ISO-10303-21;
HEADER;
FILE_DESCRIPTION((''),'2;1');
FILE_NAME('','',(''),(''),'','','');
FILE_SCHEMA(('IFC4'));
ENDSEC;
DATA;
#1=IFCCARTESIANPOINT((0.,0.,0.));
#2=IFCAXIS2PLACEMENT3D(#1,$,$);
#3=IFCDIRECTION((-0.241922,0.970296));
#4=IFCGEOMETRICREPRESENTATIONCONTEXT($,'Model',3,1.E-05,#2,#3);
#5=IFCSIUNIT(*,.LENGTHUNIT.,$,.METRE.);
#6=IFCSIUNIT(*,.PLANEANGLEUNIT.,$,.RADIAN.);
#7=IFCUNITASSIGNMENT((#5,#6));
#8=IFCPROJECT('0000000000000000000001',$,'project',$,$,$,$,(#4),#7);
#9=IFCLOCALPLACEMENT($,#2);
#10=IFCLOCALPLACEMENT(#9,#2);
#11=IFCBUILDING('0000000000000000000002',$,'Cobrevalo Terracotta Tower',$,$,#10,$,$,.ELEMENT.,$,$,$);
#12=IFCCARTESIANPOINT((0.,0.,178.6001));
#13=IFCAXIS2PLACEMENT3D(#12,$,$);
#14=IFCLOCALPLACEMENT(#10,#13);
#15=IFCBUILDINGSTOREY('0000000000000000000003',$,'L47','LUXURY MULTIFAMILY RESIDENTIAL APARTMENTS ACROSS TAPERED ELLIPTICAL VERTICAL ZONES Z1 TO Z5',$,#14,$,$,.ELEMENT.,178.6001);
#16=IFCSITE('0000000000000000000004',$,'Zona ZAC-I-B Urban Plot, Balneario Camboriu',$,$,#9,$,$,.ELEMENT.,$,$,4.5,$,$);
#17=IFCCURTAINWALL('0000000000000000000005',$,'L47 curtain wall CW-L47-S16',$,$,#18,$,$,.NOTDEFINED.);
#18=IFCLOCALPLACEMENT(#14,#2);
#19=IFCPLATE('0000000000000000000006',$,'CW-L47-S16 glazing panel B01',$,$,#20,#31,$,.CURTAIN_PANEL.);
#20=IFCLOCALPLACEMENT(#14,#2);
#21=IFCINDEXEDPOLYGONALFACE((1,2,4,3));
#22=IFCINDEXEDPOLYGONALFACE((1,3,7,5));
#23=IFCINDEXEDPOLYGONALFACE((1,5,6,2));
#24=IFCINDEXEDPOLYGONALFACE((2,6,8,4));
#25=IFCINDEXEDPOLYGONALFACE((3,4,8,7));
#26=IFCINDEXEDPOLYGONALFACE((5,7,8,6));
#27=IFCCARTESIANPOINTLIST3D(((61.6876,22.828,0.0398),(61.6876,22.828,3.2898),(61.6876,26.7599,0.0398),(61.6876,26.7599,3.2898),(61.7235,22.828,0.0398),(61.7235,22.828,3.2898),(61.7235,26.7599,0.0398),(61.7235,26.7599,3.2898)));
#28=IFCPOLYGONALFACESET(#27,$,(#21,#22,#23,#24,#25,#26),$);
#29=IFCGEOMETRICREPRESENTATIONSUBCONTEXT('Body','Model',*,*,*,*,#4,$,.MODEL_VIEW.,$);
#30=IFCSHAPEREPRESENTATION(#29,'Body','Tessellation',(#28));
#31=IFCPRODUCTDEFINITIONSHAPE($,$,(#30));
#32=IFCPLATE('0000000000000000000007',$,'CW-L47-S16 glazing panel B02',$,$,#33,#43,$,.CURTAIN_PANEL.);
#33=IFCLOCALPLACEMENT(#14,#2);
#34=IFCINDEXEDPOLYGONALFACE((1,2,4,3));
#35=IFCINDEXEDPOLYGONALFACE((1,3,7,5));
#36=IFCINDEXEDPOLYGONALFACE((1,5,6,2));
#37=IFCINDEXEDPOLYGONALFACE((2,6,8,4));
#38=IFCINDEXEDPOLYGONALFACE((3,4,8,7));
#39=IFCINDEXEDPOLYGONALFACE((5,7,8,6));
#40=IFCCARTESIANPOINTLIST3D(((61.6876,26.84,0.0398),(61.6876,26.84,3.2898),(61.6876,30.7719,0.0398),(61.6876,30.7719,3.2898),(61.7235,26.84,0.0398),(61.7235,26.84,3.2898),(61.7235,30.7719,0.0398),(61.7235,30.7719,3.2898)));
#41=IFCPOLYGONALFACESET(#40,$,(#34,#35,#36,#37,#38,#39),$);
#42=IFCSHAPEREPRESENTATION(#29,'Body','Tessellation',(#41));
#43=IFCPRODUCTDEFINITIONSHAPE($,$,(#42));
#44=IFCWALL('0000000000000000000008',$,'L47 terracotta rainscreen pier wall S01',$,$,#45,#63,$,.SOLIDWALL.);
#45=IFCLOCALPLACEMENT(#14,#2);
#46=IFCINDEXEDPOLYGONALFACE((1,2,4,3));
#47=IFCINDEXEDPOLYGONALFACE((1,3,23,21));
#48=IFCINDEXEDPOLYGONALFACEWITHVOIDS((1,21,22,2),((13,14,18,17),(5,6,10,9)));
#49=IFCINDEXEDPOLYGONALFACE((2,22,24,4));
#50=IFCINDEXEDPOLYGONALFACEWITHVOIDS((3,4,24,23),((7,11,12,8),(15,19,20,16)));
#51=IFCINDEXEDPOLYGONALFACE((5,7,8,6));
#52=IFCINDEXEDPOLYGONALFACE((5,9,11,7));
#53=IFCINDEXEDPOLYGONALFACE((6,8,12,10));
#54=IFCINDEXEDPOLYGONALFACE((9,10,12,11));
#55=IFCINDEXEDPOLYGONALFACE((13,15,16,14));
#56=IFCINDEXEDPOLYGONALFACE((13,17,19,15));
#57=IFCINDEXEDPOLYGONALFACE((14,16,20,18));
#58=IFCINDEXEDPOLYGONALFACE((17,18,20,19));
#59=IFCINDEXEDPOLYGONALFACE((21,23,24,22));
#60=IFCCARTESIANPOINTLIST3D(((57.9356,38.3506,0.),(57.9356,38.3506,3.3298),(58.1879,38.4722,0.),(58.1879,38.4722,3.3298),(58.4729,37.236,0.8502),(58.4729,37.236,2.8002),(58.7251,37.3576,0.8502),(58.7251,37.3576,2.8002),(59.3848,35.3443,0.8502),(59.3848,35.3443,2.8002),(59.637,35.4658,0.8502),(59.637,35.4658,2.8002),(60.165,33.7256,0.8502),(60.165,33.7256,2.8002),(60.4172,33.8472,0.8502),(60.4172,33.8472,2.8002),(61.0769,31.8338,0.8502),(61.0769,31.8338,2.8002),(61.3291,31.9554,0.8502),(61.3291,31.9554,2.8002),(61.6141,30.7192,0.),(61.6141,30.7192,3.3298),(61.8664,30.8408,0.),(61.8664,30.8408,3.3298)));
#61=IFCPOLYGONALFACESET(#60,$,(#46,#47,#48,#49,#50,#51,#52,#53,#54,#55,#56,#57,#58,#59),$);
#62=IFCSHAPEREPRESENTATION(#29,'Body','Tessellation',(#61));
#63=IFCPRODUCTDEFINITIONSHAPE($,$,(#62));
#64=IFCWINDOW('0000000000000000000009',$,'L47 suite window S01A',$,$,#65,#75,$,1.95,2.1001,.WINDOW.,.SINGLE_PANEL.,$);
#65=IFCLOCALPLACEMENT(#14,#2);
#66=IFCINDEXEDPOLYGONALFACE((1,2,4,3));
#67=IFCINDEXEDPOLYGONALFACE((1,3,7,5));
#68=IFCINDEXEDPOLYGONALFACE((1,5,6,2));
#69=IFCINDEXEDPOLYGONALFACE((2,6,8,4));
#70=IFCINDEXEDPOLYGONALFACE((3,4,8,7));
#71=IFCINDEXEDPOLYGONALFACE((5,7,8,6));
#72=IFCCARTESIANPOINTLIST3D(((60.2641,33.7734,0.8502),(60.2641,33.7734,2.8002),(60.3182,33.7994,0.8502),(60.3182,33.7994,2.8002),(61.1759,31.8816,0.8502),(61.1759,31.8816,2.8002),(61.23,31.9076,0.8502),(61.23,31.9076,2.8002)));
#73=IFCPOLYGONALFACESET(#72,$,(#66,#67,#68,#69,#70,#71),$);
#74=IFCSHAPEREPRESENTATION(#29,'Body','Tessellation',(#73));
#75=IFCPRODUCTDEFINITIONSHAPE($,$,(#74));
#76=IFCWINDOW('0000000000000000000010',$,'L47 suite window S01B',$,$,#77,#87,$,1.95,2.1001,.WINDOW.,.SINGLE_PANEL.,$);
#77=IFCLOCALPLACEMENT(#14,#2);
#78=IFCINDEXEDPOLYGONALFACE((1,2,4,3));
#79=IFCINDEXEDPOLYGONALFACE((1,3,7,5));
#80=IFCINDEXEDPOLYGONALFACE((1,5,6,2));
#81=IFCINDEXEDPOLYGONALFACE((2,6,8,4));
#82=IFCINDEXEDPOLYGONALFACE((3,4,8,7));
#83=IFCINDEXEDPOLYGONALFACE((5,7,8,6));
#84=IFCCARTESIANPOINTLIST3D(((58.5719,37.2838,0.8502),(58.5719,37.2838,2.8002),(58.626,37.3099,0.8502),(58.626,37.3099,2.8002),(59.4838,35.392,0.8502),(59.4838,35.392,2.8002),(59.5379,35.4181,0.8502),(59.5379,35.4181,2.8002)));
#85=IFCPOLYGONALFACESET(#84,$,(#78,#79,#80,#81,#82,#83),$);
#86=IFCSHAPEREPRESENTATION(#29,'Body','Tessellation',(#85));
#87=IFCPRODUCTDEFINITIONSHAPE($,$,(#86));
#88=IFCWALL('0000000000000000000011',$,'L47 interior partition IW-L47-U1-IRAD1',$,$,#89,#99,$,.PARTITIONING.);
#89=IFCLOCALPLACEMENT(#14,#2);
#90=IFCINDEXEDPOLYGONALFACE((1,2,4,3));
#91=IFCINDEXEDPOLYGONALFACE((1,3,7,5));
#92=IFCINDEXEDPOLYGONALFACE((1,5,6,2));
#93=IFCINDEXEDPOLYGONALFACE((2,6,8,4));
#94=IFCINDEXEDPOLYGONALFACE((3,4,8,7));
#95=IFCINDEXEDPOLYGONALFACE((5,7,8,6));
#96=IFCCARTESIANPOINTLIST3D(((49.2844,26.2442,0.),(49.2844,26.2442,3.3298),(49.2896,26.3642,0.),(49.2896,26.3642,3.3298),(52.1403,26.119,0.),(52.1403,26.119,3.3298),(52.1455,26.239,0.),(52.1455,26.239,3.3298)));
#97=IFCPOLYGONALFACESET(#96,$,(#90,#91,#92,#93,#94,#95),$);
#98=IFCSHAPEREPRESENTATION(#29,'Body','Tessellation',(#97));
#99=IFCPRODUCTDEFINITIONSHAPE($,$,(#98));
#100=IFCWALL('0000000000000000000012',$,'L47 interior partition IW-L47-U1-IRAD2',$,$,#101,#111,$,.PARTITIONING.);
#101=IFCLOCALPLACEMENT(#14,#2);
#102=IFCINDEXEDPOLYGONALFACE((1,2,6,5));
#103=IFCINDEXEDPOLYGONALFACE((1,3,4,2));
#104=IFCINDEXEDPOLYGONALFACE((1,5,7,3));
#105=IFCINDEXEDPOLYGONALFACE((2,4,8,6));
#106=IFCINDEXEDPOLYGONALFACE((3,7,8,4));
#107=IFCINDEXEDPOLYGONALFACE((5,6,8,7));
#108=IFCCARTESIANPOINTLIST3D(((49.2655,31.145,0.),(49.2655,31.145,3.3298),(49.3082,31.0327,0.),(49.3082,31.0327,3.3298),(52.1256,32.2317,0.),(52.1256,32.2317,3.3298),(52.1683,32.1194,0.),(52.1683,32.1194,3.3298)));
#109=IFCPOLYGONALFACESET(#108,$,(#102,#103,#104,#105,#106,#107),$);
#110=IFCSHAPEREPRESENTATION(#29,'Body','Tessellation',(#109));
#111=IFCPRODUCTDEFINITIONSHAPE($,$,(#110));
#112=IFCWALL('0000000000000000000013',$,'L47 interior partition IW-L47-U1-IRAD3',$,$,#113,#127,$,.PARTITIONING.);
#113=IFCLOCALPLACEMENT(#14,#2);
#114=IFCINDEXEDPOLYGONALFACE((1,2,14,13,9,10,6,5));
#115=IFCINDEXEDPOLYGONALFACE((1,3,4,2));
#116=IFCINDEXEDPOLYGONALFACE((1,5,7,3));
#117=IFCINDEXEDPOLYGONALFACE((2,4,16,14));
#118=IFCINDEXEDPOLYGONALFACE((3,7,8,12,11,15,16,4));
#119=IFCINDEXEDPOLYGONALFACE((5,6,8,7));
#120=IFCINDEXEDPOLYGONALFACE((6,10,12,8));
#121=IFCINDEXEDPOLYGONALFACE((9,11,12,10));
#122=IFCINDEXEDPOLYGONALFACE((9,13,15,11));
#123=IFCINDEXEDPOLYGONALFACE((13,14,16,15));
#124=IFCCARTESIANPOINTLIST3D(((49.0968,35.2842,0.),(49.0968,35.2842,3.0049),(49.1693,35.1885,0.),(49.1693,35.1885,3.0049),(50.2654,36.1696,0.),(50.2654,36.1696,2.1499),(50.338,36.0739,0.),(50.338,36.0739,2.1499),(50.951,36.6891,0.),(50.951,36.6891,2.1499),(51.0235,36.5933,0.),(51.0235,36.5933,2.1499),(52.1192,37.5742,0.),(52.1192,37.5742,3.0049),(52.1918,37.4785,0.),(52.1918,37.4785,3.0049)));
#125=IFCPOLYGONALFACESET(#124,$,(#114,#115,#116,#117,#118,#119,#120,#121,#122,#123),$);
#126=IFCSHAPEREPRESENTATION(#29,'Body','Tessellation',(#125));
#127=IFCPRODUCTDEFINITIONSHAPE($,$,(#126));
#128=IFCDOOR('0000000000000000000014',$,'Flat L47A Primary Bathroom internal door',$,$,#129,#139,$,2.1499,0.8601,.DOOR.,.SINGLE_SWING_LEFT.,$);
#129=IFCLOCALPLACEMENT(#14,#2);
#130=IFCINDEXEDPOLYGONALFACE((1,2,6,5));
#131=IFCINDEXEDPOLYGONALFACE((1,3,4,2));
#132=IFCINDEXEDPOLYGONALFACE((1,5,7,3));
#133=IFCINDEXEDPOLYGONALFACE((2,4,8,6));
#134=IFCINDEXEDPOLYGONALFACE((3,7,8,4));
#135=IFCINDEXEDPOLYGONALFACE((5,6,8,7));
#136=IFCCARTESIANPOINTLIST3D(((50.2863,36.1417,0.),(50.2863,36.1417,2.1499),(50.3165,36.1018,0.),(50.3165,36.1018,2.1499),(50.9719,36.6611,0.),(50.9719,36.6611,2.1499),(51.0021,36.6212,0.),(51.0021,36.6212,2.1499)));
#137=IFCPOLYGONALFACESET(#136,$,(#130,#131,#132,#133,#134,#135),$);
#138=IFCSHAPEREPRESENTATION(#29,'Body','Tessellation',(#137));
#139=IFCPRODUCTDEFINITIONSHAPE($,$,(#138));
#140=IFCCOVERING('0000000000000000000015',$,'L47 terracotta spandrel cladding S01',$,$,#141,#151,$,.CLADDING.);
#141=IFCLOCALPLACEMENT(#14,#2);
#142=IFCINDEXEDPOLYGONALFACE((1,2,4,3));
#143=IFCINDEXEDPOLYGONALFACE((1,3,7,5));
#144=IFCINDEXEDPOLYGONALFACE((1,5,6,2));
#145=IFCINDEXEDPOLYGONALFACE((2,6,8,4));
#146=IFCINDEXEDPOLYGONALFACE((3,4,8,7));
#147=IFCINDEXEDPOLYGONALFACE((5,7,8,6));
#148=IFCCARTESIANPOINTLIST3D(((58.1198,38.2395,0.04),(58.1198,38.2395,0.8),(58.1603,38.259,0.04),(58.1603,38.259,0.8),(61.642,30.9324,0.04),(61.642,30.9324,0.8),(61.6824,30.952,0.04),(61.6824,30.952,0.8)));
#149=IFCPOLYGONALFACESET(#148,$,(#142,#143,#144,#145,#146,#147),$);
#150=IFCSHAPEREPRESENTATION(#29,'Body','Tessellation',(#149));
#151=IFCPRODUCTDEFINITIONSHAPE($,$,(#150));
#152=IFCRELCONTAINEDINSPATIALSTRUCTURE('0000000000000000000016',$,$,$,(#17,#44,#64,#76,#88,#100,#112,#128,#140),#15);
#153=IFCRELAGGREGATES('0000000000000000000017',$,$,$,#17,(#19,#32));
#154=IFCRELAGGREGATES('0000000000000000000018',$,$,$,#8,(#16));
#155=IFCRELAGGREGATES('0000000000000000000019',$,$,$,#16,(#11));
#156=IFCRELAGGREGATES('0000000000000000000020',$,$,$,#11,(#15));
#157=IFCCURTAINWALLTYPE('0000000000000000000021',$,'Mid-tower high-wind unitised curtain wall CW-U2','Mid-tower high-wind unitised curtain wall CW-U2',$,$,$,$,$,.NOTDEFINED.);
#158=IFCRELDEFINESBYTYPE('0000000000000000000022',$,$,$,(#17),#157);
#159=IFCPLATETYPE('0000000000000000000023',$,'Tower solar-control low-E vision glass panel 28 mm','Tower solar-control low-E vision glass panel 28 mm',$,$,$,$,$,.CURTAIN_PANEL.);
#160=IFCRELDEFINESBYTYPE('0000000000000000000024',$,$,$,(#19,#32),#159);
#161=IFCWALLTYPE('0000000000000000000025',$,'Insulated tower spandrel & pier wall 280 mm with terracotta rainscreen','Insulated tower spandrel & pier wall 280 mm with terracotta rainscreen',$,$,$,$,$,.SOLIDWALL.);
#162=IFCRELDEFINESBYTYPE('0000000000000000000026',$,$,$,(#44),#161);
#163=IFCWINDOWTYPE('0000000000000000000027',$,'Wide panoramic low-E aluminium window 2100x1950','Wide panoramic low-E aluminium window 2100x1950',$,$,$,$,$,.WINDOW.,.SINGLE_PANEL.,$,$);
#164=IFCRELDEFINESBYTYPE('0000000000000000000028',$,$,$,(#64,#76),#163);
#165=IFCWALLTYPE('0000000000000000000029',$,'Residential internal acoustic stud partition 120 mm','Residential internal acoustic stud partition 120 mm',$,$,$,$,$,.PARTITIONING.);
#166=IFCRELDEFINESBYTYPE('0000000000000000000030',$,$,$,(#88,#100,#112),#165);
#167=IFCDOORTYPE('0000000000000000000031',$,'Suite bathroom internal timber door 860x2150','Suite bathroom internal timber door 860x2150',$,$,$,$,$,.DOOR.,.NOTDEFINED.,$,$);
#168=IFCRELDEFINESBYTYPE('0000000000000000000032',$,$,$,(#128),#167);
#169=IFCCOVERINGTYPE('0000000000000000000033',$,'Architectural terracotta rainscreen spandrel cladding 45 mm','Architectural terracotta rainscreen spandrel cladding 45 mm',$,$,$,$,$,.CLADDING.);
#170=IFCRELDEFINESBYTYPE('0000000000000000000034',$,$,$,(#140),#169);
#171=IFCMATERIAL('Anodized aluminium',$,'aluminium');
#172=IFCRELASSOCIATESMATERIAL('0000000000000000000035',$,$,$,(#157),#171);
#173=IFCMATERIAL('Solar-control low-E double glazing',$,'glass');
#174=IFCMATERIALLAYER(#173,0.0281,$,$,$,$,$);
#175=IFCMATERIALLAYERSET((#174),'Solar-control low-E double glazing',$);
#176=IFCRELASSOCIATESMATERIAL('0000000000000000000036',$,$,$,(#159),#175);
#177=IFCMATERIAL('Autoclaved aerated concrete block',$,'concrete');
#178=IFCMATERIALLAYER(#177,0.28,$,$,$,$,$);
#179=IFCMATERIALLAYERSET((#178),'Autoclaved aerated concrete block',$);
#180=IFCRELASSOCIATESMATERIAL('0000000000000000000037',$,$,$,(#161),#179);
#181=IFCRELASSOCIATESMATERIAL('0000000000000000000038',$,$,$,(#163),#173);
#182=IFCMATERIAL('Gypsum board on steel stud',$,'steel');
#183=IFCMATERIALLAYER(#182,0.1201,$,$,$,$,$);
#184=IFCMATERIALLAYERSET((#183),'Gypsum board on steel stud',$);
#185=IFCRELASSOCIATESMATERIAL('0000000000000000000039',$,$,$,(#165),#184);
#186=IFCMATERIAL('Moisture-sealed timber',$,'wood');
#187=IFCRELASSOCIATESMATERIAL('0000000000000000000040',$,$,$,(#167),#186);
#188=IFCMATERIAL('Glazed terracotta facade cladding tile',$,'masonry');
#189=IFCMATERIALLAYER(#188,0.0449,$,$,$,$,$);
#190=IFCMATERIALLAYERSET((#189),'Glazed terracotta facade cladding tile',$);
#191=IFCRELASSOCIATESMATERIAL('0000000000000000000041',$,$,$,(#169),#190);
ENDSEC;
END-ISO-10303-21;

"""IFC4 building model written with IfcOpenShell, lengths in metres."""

from ifc_helpers import new_model, si_unit, direction, frame, frame_2d, origin, origin_2d, place, context, subcontext, project, spatial, rectangle, extrude, source, transform, mapped, material, layer, layer_set, type_object, element, fill, aggregate, save


model = new_model("IFC4")

# Units and contexts
model_context = context("Model", 3, precision=1e-05, world=origin(), true_north=direction((-0.241922, 0.970296)))
body_context = subcontext(model_context, "Body", "Model", "MODEL_VIEW")
ifc_project = project(units=[si_unit("LENGTHUNIT", "METRE"), si_unit("PLANEANGLEUNIT", "RADIAN")], contexts=[model_context])

# Site, building, storey
site_placement = place(None, origin())
site = spatial("IfcSite", under=ifc_project, at=site_placement, Name="Zona ZAC-I-B Urban Plot, Balneario Camboriu", CompositionType="ELEMENT", RefElevation=4.5)
building_placement = place(site_placement, origin())
building = spatial("IfcBuilding", under=site, at=building_placement, Name="Cobrevalo Terracotta Tower", CompositionType="ELEMENT")
storey_placement = place(building_placement, frame((0.0, 0.0, 178.6001)))
storey = spatial("IfcBuildingStorey", under=building, at=storey_placement, Name="L47", Description="LUXURY MULTIFAMILY RESIDENTIAL APARTMENTS ACROSS TAPERED ELLIPTICAL VERTICAL ZONES Z1 TO Z5", CompositionType="ELEMENT", Elevation=178.6001)

# Curtain wall, plates
ifc_material_1 = material(Name="Anodized aluminium", Category="aluminium")
curtain_wall_type = type_object("IfcCurtainWallType", Name="Mid-tower high-wind unitised curtain wall CW-U2", Description="Mid-tower high-wind unitised curtain wall CW-U2", PredefinedType="NOTDEFINED", material=ifc_material_1)
curtain_wall_placement = place(storey_placement, origin())
curtain_wall = element("IfcCurtainWall", 1, at=curtain_wall_placement, inside=storey, type_object=curtain_wall_type, Name="L47 curtain wall CW-L47-S16", PredefinedType="NOTDEFINED")
ifc_material_2 = material(Name="Solar-control low-E double glazing", Category="glass")
ifc_layer_1 = layer(ifc_material_2, 0.0281)
ifc_layer_set_1 = layer_set([ifc_layer_1], Name="Solar-control low-E double glazing")
plate_type = type_object("IfcPlateType", Name="Tower solar-control low-E vision glass panel 28 mm", Description="Tower solar-control low-E vision glass panel 28 mm", PredefinedType="CURTAIN_PANEL", material=ifc_layer_set_1)
shared_shape_1 = source(origin(), body_context, "Body", "SweptSolid", [
    extrude(rectangle(XDim=3.9319, YDim=0.0359, at=origin_2d()), origin(), (0.0, 0.0, 1.0), 3.25),
])
plate_1_placement = place(storey_placement, frame((61.7056, 24.7939, 0.0398), z_axis=(0.0, 0.0, 1.0), x_axis=(0.0, 1.0, 0.0)))
plate_1 = element("IfcPlate", 2, at=plate_1_placement, type_object=plate_type, Name="CW-L47-S16 glazing panel B01", PredefinedType="CURTAIN_PANEL", context=body_context, shape_type="MappedRepresentation", body=[
    mapped(shared_shape_1, transform((0.0, 0.0, 0.0), scale=1.0)),
])
plate_2_placement = place(storey_placement, frame((61.7056, 28.8059, 0.0398), z_axis=(0.0, 0.0, 1.0), x_axis=(0.0, 1.0, 0.0)))
plate_2 = element("IfcPlate", 3, at=plate_2_placement, type_object=plate_type, Name="CW-L47-S16 glazing panel B02", PredefinedType="CURTAIN_PANEL", context=body_context, shape_type="MappedRepresentation", body=[
    mapped(shared_shape_1, transform((0.0, 0.0, 0.0), scale=1.0)),
])
aggregate(curtain_wall, [plate_1, plate_2])

# Wall, openings, windows
ifc_material_3 = material(Name="Autoclaved aerated concrete block", Category="concrete")
ifc_layer_2 = layer(ifc_material_3, 0.28)
ifc_layer_set_2 = layer_set([ifc_layer_2], Name="Autoclaved aerated concrete block")
wall_type_1 = type_object("IfcWallType", Name="Insulated tower spandrel & pier wall 280 mm with terracotta rainscreen", Description="Insulated tower spandrel & pier wall 280 mm with terracotta rainscreen", PredefinedType="SOLIDWALL", material=ifc_layer_set_2)
wall_1_placement = place(storey_placement, frame((61.7402, 30.78, 0.0), z_axis=(0.0, 0.0, 1.0), x_axis=(-0.43421, 0.900812, 0.0)))
wall_1 = element("IfcWall", 4, at=wall_1_placement, inside=storey, type_object=wall_type_1, Name="L47 terracotta rainscreen pier wall S01", PredefinedType="SOLIDWALL", context=body_context, shape_type="SweptSolid", body=[
    extrude(rectangle(XDim=8.4717, YDim=0.28, at=frame_2d((4.2358, 0.0))), origin(), (0.0, 0.0, 1.0), 3.3298),
])
opening_1_placement = place(wall_1_placement, frame((1.2373, 0.0, 0.8501)))
opening_1 = element("IfcOpeningElement", 5, at=opening_1_placement, cuts=wall_1, PredefinedType="OPENING", context=body_context, shape_type="SweptSolid", body=[
    extrude(rectangle(XDim=2.1001, YDim=1.95, at=frame_2d((1.05, 0.9751))), frame((0.0, 0.1499, 0.0), z_axis=(0.0, -1.0, 0.0), x_axis=(1.0, 0.0, 0.0)), (0.0, 0.0, 1.0), 0.3),
])
opening_2_placement = place(wall_1_placement, frame((5.1343, 0.0, 0.8501)))
opening_2 = element("IfcOpeningElement", 6, at=opening_2_placement, cuts=wall_1, PredefinedType="OPENING", context=body_context, shape_type="SweptSolid", body=[
    extrude(rectangle(XDim=2.1001, YDim=1.95, at=frame_2d((1.05, 0.9751))), frame((0.0, 0.1499, 0.0), z_axis=(0.0, -1.0, 0.0), x_axis=(1.0, 0.0, 0.0)), (0.0, 0.0, 1.0), 0.3),
])
window_type = type_object("IfcWindowType", Name="Wide panoramic low-E aluminium window 2100x1950", Description="Wide panoramic low-E aluminium window 2100x1950", PartitioningType="SINGLE_PANEL", PredefinedType="WINDOW", material=ifc_material_2)
shared_shape_2 = source(origin(), body_context, "Body", "SweptSolid", [
    extrude(rectangle(XDim=2.1001, YDim=1.95, at=frame_2d((1.05, 0.9751))), frame((0.0, 0.03, 0.0), z_axis=(0.0, -1.0, 0.0), x_axis=(1.0, 0.0, 0.0)), (0.0, 0.0, 1.0), 0.0601),
])
window_1_placement = place(opening_1_placement, origin())
window_1 = element("IfcWindow", 7, at=window_1_placement, inside=storey, type_object=window_type, Name="L47 suite window S01A", OverallHeight=1.95, OverallWidth=2.1001, PartitioningType="SINGLE_PANEL", PredefinedType="WINDOW", context=body_context, shape_type="MappedRepresentation", body=[
    mapped(shared_shape_2, transform((0.0, 0.0, 0.0), scale=1.0)),
])
fill(opening_1, window_1)
window_2_placement = place(opening_2_placement, origin())
window_2 = element("IfcWindow", 8, at=window_2_placement, inside=storey, type_object=window_type, Name="L47 suite window S01B", OverallHeight=1.95, OverallWidth=2.1001, PartitioningType="SINGLE_PANEL", PredefinedType="WINDOW", context=body_context, shape_type="MappedRepresentation", body=[
    mapped(shared_shape_2, transform((0.0, 0.0, 0.0), scale=1.0)),
])
fill(opening_2, window_2)

# Walls
ifc_material_4 = material(Name="Gypsum board on steel stud", Category="steel")
ifc_layer_3 = layer(ifc_material_4, 0.1201)
ifc_layer_set_3 = layer_set([ifc_layer_3], Name="Gypsum board on steel stud")
wall_type_2 = type_object("IfcWallType", Name="Residential internal acoustic stud partition 120 mm", Description="Residential internal acoustic stud partition 120 mm", PredefinedType="PARTITIONING", material=ifc_layer_set_3)
wall_2_placement = place(storey_placement, frame((49.2871, 26.3042, 0.0), z_axis=(0.0, 0.0, 1.0), x_axis=(0.99904, -0.043812, 0.0)))
element("IfcWall", 9, at=wall_2_placement, inside=storey, type_object=wall_type_2, Name="L47 interior partition IW-L47-U1-IRAD1", PredefinedType="PARTITIONING", context=body_context, shape_type="SweptSolid", body=[
    extrude(rectangle(XDim=2.8586, YDim=0.1201, at=frame_2d((1.4292, 0.0))), origin(), (0.0, 0.0, 1.0), 3.3298),
])
wall_3_placement = place(storey_placement, frame((49.2869, 31.0889, 0.0), z_axis=(0.0, 0.0, 1.0), x_axis=(0.934802, 0.355169, 0.0)))
element("IfcWall", 10, at=wall_3_placement, inside=storey, type_object=wall_type_2, Name="L47 interior partition IW-L47-U1-IRAD2", PredefinedType="PARTITIONING", context=body_context, shape_type="SweptSolid", body=[
    extrude(rectangle(XDim=3.0596, YDim=0.1201, at=frame_2d((1.5298, 0.0))), origin(), (0.0, 0.0, 1.0), 3.3298),
])

# Wall, opening, door
wall_4_placement = place(storey_placement, frame((49.1331, 35.2363, 0.0), z_axis=(0.0, 0.0, 1.0), x_axis=(0.797055, 0.603907, 0.0)))
wall_4 = element("IfcWall", 11, at=wall_4_placement, inside=storey, type_object=wall_type_2, Name="L47 interior partition IW-L47-U1-IRAD3", PredefinedType="PARTITIONING", context=body_context, shape_type="SweptSolid", body=[
    extrude(rectangle(XDim=3.792, YDim=0.1201, at=frame_2d((1.896, 0.0))), origin(), (0.0, 0.0, 1.0), 3.0049),
])
opening_3_placement = place(wall_4_placement, frame((1.4661, 0.0, 0.0)))
opening_3 = element("IfcOpeningElement", 12, at=opening_3_placement, cuts=wall_4, PredefinedType="OPENING", context=body_context, shape_type="SweptSolid", body=[
    extrude(rectangle(XDim=0.8601, YDim=2.1499, at=frame_2d((0.4302, 1.075))), frame((0.0, 0.0701, 0.0), z_axis=(0.0, -1.0, 0.0), x_axis=(1.0, 0.0, 0.0)), (0.0, 0.0, 1.0), 0.1401),
])
ifc_material_5 = material(Name="Moisture-sealed timber", Category="wood")
door_type = type_object("IfcDoorType", Name="Suite bathroom internal timber door 860x2150", Description="Suite bathroom internal timber door 860x2150", OperationType="NOTDEFINED", PredefinedType="DOOR", material=ifc_material_5)
shared_shape_3 = source(origin(), body_context, "Body", "SweptSolid", [
    extrude(rectangle(XDim=0.8601, YDim=2.1499, at=frame_2d((0.4302, 1.075))), frame((0.0, 0.0249, 0.0), z_axis=(0.0, -1.0, 0.0), x_axis=(1.0, 0.0, 0.0)), (0.0, 0.0, 1.0), 0.05),
])
door_placement = place(opening_3_placement, frame((0.8601, 0.0, 0.0), z_axis=(0.0, 0.0, 1.0), x_axis=(-1.0, 0.0, 0.0)))
door = element("IfcDoor", 13, at=door_placement, inside=storey, type_object=door_type, Name="Flat L47A Primary Bathroom internal door", OperationType="SINGLE_SWING_LEFT", OverallHeight=2.1499, OverallWidth=0.8601, PredefinedType="DOOR", context=body_context, shape_type="MappedRepresentation", body=[
    mapped(shared_shape_3, transform((0.0, 0.0, 0.0), scale=1.0)),
])
fill(opening_3, door)

# Covering
ifc_material_6 = material(Name="Glazed terracotta facade cladding tile", Category="masonry")
ifc_layer_4 = layer(ifc_material_6, 0.0449)
ifc_layer_set_4 = layer_set([ifc_layer_4], Name="Glazed terracotta facade cladding tile")
covering_type = type_object("IfcCoveringType", Name="Architectural terracotta rainscreen spandrel cladding 45 mm", Description="Architectural terracotta rainscreen spandrel cladding 45 mm", PredefinedType="CLADDING", material=ifc_layer_set_4)
shared_shape_4 = source(origin(), body_context, "Body", "SweptSolid", [
    extrude(rectangle(XDim=8.1116, YDim=0.0449, at=origin_2d()), origin(), (0.0, 0.0, 1.0), 0.76),
])
covering_placement = place(storey_placement, frame((59.9011, 34.5957, 0.04), z_axis=(0.0, 0.0, 1.0), x_axis=(-0.434209, 0.900812, 0.0)))
element("IfcCovering", 14, at=covering_placement, inside=storey, type_object=covering_type, Name="L47 terracotta spandrel cladding S01", PredefinedType="CLADDING", context=body_context, shape_type="MappedRepresentation", body=[
    mapped(shared_shape_4, transform((0.0, 0.0, 0.0), scale=1.0)),
])

save(model, "model.ifc")
